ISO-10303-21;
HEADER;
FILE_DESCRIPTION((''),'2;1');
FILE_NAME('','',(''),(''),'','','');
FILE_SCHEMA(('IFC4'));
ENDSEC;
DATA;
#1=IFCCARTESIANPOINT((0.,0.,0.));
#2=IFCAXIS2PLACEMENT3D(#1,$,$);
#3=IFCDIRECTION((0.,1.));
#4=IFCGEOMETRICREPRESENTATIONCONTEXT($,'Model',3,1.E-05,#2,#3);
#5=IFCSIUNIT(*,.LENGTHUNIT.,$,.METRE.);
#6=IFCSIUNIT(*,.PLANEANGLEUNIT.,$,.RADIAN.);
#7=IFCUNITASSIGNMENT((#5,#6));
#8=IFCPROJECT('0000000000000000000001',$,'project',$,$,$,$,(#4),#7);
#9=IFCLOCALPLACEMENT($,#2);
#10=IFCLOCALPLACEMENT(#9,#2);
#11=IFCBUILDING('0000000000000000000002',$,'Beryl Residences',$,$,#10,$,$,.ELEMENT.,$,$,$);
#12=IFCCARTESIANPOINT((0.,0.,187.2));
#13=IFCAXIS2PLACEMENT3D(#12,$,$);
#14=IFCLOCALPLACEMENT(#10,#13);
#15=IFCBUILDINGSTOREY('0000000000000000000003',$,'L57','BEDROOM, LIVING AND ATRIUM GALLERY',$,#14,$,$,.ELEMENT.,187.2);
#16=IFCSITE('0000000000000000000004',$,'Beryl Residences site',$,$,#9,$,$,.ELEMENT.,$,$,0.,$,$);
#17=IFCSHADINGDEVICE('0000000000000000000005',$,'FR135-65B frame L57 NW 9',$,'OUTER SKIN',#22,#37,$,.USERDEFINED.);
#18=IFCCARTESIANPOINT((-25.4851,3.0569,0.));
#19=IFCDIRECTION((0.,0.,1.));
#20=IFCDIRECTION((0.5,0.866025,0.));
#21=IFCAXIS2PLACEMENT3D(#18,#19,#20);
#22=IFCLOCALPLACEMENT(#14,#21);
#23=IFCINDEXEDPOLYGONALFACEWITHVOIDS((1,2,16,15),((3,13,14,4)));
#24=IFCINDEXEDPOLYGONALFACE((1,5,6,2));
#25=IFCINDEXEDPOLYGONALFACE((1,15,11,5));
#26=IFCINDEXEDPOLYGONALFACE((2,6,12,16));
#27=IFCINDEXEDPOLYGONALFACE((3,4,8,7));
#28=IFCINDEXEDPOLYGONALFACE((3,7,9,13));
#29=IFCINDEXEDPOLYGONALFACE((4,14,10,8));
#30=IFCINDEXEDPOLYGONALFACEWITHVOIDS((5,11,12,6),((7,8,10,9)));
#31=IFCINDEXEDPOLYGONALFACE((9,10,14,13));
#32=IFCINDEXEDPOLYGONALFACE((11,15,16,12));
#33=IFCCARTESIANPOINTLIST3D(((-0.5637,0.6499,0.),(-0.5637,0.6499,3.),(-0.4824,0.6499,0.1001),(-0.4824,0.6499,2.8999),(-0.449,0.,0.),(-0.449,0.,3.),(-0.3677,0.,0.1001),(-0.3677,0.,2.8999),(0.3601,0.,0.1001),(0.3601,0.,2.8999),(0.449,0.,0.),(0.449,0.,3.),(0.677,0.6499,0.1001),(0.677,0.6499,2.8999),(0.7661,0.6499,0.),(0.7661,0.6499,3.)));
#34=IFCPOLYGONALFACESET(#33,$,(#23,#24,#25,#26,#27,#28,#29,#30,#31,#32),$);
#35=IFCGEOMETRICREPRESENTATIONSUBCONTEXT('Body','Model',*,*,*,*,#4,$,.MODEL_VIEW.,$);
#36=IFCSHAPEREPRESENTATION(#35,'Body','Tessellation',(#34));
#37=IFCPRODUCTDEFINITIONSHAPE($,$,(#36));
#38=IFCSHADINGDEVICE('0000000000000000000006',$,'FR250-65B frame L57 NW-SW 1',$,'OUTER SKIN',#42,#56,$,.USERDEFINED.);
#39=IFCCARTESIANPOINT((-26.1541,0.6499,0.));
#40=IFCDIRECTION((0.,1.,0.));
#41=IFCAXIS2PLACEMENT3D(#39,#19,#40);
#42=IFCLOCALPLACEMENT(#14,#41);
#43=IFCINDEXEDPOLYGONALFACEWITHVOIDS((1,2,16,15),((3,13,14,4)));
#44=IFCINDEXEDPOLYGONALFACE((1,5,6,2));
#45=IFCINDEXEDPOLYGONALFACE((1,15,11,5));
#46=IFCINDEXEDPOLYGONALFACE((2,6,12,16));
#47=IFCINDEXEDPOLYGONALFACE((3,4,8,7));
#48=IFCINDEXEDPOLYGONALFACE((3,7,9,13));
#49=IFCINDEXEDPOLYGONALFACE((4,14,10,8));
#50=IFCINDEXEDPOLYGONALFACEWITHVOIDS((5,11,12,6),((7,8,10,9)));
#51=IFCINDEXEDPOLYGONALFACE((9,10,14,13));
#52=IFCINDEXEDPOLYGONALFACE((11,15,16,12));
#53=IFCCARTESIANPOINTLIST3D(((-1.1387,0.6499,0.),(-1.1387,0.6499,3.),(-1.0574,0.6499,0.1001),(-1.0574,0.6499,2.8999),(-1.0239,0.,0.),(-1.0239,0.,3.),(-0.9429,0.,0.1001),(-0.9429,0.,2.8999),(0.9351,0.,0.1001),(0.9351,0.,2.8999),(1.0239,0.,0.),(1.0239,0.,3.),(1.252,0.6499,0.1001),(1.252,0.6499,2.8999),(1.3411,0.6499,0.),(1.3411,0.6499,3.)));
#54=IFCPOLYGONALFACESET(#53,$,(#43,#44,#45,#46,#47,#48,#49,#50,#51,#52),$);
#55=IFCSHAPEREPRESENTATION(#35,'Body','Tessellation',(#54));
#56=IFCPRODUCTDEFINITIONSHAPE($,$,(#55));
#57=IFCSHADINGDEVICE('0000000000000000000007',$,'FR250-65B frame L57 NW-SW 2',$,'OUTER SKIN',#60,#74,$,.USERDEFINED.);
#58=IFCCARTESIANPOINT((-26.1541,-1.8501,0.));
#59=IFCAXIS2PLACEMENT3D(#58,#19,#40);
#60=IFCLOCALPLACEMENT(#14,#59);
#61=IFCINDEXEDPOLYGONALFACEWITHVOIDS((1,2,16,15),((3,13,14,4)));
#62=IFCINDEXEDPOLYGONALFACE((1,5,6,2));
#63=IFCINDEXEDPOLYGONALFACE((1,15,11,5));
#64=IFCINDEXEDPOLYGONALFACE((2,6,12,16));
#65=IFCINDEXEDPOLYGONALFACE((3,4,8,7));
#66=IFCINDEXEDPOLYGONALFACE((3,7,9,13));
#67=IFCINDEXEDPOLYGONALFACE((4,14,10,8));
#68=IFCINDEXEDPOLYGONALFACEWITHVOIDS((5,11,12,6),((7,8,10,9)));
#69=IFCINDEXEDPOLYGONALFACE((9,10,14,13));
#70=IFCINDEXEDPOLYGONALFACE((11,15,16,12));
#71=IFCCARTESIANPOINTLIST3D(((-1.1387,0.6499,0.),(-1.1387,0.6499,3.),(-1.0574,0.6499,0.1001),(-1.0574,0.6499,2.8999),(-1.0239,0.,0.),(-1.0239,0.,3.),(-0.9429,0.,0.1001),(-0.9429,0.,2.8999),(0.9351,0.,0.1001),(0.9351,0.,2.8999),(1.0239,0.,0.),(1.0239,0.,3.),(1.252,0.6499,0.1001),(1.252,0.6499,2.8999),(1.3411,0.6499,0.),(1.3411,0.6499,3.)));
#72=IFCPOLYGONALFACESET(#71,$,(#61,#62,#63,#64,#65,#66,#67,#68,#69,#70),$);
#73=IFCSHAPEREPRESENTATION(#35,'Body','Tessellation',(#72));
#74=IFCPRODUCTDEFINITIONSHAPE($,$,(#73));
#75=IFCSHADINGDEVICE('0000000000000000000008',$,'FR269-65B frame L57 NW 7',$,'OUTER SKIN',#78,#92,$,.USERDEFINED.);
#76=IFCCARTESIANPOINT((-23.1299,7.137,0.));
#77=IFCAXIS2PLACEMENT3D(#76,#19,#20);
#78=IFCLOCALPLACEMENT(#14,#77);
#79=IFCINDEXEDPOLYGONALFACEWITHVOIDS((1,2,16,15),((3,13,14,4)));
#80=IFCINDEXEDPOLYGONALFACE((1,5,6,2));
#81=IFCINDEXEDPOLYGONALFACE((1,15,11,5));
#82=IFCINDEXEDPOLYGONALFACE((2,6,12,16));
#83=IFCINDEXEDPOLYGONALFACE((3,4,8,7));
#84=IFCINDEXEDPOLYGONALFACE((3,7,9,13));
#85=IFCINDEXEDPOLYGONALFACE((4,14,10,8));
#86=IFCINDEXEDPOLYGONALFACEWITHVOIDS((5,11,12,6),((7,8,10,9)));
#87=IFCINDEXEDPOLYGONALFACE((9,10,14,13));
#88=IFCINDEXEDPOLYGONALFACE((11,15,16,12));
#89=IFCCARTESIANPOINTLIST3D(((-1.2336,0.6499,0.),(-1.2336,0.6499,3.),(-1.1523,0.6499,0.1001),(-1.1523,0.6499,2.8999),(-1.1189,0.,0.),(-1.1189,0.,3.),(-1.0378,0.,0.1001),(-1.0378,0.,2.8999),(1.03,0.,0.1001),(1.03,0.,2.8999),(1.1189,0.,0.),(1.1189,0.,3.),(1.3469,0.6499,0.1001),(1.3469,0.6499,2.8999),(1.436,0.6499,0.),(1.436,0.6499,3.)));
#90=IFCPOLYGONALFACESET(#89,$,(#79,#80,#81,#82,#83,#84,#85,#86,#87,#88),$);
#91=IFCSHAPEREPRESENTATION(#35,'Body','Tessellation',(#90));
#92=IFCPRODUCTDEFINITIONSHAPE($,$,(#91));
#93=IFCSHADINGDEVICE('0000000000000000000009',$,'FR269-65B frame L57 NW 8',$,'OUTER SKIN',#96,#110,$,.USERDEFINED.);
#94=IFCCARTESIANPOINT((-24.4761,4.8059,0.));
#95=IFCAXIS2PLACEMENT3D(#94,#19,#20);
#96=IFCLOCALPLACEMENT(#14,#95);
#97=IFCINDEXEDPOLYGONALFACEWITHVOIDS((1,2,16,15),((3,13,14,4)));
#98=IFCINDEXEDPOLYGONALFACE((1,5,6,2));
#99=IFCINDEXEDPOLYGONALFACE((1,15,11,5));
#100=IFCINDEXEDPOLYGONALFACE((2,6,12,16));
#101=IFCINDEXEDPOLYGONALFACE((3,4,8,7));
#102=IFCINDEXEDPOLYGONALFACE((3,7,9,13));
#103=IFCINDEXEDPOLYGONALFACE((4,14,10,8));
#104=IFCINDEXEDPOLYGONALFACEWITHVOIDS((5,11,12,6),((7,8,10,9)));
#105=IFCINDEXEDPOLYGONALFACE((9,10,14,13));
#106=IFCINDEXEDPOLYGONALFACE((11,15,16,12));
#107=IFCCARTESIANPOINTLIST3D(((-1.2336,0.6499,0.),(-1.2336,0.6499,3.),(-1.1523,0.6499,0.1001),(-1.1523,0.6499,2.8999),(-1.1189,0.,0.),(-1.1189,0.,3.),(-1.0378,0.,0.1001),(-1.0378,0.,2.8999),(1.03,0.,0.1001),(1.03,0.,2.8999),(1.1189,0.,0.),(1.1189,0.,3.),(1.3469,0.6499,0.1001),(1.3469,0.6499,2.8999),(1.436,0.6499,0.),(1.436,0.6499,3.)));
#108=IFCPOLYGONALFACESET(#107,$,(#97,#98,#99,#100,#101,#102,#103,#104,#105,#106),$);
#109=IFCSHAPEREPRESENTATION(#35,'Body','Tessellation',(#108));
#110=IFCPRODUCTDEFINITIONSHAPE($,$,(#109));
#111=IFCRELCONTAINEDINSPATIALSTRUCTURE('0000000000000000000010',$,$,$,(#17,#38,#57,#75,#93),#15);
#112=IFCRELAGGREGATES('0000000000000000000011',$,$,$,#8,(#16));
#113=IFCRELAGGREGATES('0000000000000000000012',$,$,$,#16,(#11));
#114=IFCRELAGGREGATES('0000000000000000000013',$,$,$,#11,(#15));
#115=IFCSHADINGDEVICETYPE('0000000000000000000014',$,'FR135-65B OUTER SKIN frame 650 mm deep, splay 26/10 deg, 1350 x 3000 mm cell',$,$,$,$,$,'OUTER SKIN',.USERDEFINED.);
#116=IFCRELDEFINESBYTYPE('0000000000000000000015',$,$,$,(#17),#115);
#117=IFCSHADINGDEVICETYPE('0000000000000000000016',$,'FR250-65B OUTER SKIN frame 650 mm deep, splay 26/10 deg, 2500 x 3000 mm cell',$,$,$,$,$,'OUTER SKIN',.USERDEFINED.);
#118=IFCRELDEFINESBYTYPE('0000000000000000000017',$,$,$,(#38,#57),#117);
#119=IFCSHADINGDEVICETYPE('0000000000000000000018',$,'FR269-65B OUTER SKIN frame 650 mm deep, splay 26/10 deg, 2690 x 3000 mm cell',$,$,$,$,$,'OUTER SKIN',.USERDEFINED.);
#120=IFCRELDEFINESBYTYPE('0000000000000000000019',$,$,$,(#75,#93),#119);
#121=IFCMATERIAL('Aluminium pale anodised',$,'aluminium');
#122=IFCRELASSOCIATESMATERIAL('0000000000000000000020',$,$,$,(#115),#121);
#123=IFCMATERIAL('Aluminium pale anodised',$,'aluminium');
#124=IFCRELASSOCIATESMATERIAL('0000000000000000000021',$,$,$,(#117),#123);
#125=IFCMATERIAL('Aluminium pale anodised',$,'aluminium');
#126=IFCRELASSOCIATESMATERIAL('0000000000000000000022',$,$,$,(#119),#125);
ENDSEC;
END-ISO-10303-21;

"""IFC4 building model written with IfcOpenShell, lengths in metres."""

from ifc_helpers import new_model, entity, si_unit, direction, frame, origin, place, context, subcontext, project, spatial, source, transform, mapped, material, type_object, type_shapes, element, save


model = new_model("IFC4")

# Units and contexts
model_context = context("Model", 3, precision=1e-05, world=origin(), true_north=direction((0.0, 1.0)))
body_context = subcontext(model_context, "Body", "Model", "MODEL_VIEW")
ifc_project = project(units=[si_unit("LENGTHUNIT", "METRE"), si_unit("PLANEANGLEUNIT", "RADIAN")], contexts=[model_context])

# Site, building, storey
site_placement = place(None, origin())
site = spatial("IfcSite", under=ifc_project, at=site_placement, Name="Beryl Residences site", CompositionType="ELEMENT", RefElevation=0.0)
building_placement = place(site_placement, origin())
building = spatial("IfcBuilding", under=site, at=building_placement, Name="Beryl Residences", CompositionType="ELEMENT")
storey_placement = place(building_placement, frame((0.0, 0.0, 187.2)))
storey = spatial("IfcBuildingStorey", under=building, at=storey_placement, Name="L57", Description="BEDROOM, LIVING AND ATRIUM GALLERY", CompositionType="ELEMENT", Elevation=187.2)

# Shading devices
ifc_material_1 = material(Name="Aluminium pale anodised", Category="aluminium")
shading_device_type_1 = type_object("IfcShadingDeviceType", Name="FR135-65B OUTER SKIN frame 650 mm deep, splay 26/10 deg, 1350 x 3000 mm cell", ElementType="OUTER SKIN", PredefinedType="USERDEFINED", material=ifc_material_1)
cartesian_point_1 = entity("IfcCartesianPoint", [-0.449, 0.0])
cartesian_point_2 = entity("IfcCartesianPoint", [-0.3601, 0.1001])
cartesian_point_3 = entity("IfcCartesianPoint", [-0.7661, 0.0])
cartesian_point_4 = entity("IfcCartesianPoint", [-0.677, 0.1001])
shared_shape_1 = source(origin(), body_context, "Body", "SweptSolid", [
    entity("IfcExtrudedAreaSolidTapered", entity("IfcArbitraryProfileDefWithVoids", "AREA", None, entity("IfcPolyline", [cartesian_point_1, entity("IfcCartesianPoint", [0.449, 0.0]), entity("IfcCartesianPoint", [0.449, 3.0]), entity("IfcCartesianPoint", [-0.449, 3.0]), cartesian_point_1]), [entity("IfcPolyline", [cartesian_point_2, entity("IfcCartesianPoint", [0.3677, 0.1001]), entity("IfcCartesianPoint", [0.3677, 2.8999]), entity("IfcCartesianPoint", [-0.3601, 2.8999]), cartesian_point_2])]), entity("IfcAxis2Placement3D", entity("IfcCartesianPoint", [0.0, 0.0, 0.0]), entity("IfcDirection", [0.0, 1.0, 0.0]), entity("IfcDirection", [-1.0, 0.0, 0.0])), entity("IfcDirection", [0.0, 0.0, 1.0]), 0.6499, entity("IfcArbitraryProfileDefWithVoids", "AREA", None, entity("IfcPolyline", [cartesian_point_3, entity("IfcCartesianPoint", [0.5637, 0.0]), entity("IfcCartesianPoint", [0.5637, 3.0]), entity("IfcCartesianPoint", [-0.7661, 3.0]), cartesian_point_3]), [entity("IfcPolyline", [cartesian_point_4, entity("IfcCartesianPoint", [0.4824, 0.1001]), entity("IfcCartesianPoint", [0.4824, 2.8999]), entity("IfcCartesianPoint", [-0.677, 2.8999]), cartesian_point_4])])),
])
type_shapes(shading_device_type_1, [shared_shape_1])
shading_device_placement = place(storey_placement, frame((-25.4851, 3.0569, 0.0), z_axis=(0.0, 0.0, 1.0), x_axis=(0.5, 0.866025, 0.0)))
element("IfcShadingDevice", 1, at=shading_device_placement, inside=storey, type_object=shading_device_type_1, Name="FR135-65B frame L57 NW 9", ObjectType="OUTER SKIN", PredefinedType="USERDEFINED", context=body_context, shape_type="MappedRepresentation", body=[
    mapped(shared_shape_1, transform((0.0, 0.0, 0.0))),
])
ifc_material_2 = material(Name="Aluminium pale anodised", Category="aluminium")
shading_device_type_2 = type_object("IfcShadingDeviceType", Name="FR250-65B OUTER SKIN frame 650 mm deep, splay 26/10 deg, 2500 x 3000 mm cell", ElementType="OUTER SKIN", PredefinedType="USERDEFINED", material=ifc_material_2)
cartesian_point_5 = entity("IfcCartesianPoint", [-1.0239, 0.0])
cartesian_point_6 = entity("IfcCartesianPoint", [-0.9351, 0.1001])
cartesian_point_7 = entity("IfcCartesianPoint", [-1.3411, 0.0])
cartesian_point_8 = entity("IfcCartesianPoint", [-1.252, 0.1001])
shared_shape_2 = source(origin(), body_context, "Body", "SweptSolid", [
    entity("IfcExtrudedAreaSolidTapered", entity("IfcArbitraryProfileDefWithVoids", "AREA", None, entity("IfcPolyline", [cartesian_point_5, entity("IfcCartesianPoint", [1.0239, 0.0]), entity("IfcCartesianPoint", [1.0239, 3.0]), entity("IfcCartesianPoint", [-1.0239, 3.0]), cartesian_point_5]), [entity("IfcPolyline", [cartesian_point_6, entity("IfcCartesianPoint", [0.9429, 0.1001]), entity("IfcCartesianPoint", [0.9429, 2.8999]), entity("IfcCartesianPoint", [-0.9351, 2.8999]), cartesian_point_6])]), entity("IfcAxis2Placement3D", entity("IfcCartesianPoint", [0.0, 0.0, 0.0]), entity("IfcDirection", [0.0, 1.0, 0.0]), entity("IfcDirection", [-1.0, 0.0, 0.0])), entity("IfcDirection", [0.0, 0.0, 1.0]), 0.6499, entity("IfcArbitraryProfileDefWithVoids", "AREA", None, entity("IfcPolyline", [cartesian_point_7, entity("IfcCartesianPoint", [1.1387, 0.0]), entity("IfcCartesianPoint", [1.1387, 3.0]), entity("IfcCartesianPoint", [-1.3411, 3.0]), cartesian_point_7]), [entity("IfcPolyline", [cartesian_point_8, entity("IfcCartesianPoint", [1.0574, 0.1001]), entity("IfcCartesianPoint", [1.0574, 2.8999]), entity("IfcCartesianPoint", [-1.252, 2.8999]), cartesian_point_8])])),
])
type_shapes(shading_device_type_2, [shared_shape_2])
for number, where, z_axis, x_axis, name in (
    (2, (-26.1541, 0.6499, 0.0), (0.0, 0.0, 1.0), (0.0, 1.0, 0.0), "FR250-65B frame L57 NW-SW 1"),
    (3, (-26.1541, -1.8501, 0.0), (0.0, 0.0, 1.0), (0.0, 1.0, 0.0), "FR250-65B frame L57 NW-SW 2"),
):
    element("IfcShadingDevice", number, at=place(storey_placement, frame(where, z_axis=z_axis, x_axis=x_axis)), inside=storey, type_object=shading_device_type_2, Name=name, ObjectType="OUTER SKIN", PredefinedType="USERDEFINED", context=body_context, shape_type="MappedRepresentation", body=[
        mapped(shared_shape_2, transform((0.0, 0.0, 0.0))),
    ])
ifc_material_3 = material(Name="Aluminium pale anodised", Category="aluminium")
shading_device_type_3 = type_object("IfcShadingDeviceType", Name="FR269-65B OUTER SKIN frame 650 mm deep, splay 26/10 deg, 2690 x 3000 mm cell", ElementType="OUTER SKIN", PredefinedType="USERDEFINED", material=ifc_material_3)
cartesian_point_9 = entity("IfcCartesianPoint", [-1.1189, 0.0])
cartesian_point_10 = entity("IfcCartesianPoint", [-1.03, 0.1001])
cartesian_point_11 = entity("IfcCartesianPoint", [-1.436, 0.0])
cartesian_point_12 = entity("IfcCartesianPoint", [-1.3469, 0.1001])
shared_shape_3 = source(origin(), body_context, "Body", "SweptSolid", [
    entity("IfcExtrudedAreaSolidTapered", entity("IfcArbitraryProfileDefWithVoids", "AREA", None, entity("IfcPolyline", [cartesian_point_9, entity("IfcCartesianPoint", [1.1189, 0.0]), entity("IfcCartesianPoint", [1.1189, 3.0]), entity("IfcCartesianPoint", [-1.1189, 3.0]), cartesian_point_9]), [entity("IfcPolyline", [cartesian_point_10, entity("IfcCartesianPoint", [1.0378, 0.1001]), entity("IfcCartesianPoint", [1.0378, 2.8999]), entity("IfcCartesianPoint", [-1.03, 2.8999]), cartesian_point_10])]), entity("IfcAxis2Placement3D", entity("IfcCartesianPoint", [0.0, 0.0, 0.0]), entity("IfcDirection", [0.0, 1.0, 0.0]), entity("IfcDirection", [-1.0, 0.0, 0.0])), entity("IfcDirection", [0.0, 0.0, 1.0]), 0.6499, entity("IfcArbitraryProfileDefWithVoids", "AREA", None, entity("IfcPolyline", [cartesian_point_11, entity("IfcCartesianPoint", [1.2336, 0.0]), entity("IfcCartesianPoint", [1.2336, 3.0]), entity("IfcCartesianPoint", [-1.436, 3.0]), cartesian_point_11]), [entity("IfcPolyline", [cartesian_point_12, entity("IfcCartesianPoint", [1.1523, 0.1001]), entity("IfcCartesianPoint", [1.1523, 2.8999]), entity("IfcCartesianPoint", [-1.3469, 2.8999]), cartesian_point_12])])),
])
type_shapes(shading_device_type_3, [shared_shape_3])
for number, where, z_axis, x_axis, name in (
    (4, (-23.1299, 7.137, 0.0), (0.0, 0.0, 1.0), (0.5, 0.866025, 0.0), "FR269-65B frame L57 NW 7"),
    (5, (-24.4761, 4.8059, 0.0), (0.0, 0.0, 1.0), (0.5, 0.866025, 0.0), "FR269-65B frame L57 NW 8"),
):
    element("IfcShadingDevice", number, at=place(storey_placement, frame(where, z_axis=z_axis, x_axis=x_axis)), inside=storey, type_object=shading_device_type_3, Name=name, ObjectType="OUTER SKIN", PredefinedType="USERDEFINED", context=body_context, shape_type="MappedRepresentation", body=[
        mapped(shared_shape_3, transform((0.0, 0.0, 0.0))),
    ])

save(model, "model.ifc")
